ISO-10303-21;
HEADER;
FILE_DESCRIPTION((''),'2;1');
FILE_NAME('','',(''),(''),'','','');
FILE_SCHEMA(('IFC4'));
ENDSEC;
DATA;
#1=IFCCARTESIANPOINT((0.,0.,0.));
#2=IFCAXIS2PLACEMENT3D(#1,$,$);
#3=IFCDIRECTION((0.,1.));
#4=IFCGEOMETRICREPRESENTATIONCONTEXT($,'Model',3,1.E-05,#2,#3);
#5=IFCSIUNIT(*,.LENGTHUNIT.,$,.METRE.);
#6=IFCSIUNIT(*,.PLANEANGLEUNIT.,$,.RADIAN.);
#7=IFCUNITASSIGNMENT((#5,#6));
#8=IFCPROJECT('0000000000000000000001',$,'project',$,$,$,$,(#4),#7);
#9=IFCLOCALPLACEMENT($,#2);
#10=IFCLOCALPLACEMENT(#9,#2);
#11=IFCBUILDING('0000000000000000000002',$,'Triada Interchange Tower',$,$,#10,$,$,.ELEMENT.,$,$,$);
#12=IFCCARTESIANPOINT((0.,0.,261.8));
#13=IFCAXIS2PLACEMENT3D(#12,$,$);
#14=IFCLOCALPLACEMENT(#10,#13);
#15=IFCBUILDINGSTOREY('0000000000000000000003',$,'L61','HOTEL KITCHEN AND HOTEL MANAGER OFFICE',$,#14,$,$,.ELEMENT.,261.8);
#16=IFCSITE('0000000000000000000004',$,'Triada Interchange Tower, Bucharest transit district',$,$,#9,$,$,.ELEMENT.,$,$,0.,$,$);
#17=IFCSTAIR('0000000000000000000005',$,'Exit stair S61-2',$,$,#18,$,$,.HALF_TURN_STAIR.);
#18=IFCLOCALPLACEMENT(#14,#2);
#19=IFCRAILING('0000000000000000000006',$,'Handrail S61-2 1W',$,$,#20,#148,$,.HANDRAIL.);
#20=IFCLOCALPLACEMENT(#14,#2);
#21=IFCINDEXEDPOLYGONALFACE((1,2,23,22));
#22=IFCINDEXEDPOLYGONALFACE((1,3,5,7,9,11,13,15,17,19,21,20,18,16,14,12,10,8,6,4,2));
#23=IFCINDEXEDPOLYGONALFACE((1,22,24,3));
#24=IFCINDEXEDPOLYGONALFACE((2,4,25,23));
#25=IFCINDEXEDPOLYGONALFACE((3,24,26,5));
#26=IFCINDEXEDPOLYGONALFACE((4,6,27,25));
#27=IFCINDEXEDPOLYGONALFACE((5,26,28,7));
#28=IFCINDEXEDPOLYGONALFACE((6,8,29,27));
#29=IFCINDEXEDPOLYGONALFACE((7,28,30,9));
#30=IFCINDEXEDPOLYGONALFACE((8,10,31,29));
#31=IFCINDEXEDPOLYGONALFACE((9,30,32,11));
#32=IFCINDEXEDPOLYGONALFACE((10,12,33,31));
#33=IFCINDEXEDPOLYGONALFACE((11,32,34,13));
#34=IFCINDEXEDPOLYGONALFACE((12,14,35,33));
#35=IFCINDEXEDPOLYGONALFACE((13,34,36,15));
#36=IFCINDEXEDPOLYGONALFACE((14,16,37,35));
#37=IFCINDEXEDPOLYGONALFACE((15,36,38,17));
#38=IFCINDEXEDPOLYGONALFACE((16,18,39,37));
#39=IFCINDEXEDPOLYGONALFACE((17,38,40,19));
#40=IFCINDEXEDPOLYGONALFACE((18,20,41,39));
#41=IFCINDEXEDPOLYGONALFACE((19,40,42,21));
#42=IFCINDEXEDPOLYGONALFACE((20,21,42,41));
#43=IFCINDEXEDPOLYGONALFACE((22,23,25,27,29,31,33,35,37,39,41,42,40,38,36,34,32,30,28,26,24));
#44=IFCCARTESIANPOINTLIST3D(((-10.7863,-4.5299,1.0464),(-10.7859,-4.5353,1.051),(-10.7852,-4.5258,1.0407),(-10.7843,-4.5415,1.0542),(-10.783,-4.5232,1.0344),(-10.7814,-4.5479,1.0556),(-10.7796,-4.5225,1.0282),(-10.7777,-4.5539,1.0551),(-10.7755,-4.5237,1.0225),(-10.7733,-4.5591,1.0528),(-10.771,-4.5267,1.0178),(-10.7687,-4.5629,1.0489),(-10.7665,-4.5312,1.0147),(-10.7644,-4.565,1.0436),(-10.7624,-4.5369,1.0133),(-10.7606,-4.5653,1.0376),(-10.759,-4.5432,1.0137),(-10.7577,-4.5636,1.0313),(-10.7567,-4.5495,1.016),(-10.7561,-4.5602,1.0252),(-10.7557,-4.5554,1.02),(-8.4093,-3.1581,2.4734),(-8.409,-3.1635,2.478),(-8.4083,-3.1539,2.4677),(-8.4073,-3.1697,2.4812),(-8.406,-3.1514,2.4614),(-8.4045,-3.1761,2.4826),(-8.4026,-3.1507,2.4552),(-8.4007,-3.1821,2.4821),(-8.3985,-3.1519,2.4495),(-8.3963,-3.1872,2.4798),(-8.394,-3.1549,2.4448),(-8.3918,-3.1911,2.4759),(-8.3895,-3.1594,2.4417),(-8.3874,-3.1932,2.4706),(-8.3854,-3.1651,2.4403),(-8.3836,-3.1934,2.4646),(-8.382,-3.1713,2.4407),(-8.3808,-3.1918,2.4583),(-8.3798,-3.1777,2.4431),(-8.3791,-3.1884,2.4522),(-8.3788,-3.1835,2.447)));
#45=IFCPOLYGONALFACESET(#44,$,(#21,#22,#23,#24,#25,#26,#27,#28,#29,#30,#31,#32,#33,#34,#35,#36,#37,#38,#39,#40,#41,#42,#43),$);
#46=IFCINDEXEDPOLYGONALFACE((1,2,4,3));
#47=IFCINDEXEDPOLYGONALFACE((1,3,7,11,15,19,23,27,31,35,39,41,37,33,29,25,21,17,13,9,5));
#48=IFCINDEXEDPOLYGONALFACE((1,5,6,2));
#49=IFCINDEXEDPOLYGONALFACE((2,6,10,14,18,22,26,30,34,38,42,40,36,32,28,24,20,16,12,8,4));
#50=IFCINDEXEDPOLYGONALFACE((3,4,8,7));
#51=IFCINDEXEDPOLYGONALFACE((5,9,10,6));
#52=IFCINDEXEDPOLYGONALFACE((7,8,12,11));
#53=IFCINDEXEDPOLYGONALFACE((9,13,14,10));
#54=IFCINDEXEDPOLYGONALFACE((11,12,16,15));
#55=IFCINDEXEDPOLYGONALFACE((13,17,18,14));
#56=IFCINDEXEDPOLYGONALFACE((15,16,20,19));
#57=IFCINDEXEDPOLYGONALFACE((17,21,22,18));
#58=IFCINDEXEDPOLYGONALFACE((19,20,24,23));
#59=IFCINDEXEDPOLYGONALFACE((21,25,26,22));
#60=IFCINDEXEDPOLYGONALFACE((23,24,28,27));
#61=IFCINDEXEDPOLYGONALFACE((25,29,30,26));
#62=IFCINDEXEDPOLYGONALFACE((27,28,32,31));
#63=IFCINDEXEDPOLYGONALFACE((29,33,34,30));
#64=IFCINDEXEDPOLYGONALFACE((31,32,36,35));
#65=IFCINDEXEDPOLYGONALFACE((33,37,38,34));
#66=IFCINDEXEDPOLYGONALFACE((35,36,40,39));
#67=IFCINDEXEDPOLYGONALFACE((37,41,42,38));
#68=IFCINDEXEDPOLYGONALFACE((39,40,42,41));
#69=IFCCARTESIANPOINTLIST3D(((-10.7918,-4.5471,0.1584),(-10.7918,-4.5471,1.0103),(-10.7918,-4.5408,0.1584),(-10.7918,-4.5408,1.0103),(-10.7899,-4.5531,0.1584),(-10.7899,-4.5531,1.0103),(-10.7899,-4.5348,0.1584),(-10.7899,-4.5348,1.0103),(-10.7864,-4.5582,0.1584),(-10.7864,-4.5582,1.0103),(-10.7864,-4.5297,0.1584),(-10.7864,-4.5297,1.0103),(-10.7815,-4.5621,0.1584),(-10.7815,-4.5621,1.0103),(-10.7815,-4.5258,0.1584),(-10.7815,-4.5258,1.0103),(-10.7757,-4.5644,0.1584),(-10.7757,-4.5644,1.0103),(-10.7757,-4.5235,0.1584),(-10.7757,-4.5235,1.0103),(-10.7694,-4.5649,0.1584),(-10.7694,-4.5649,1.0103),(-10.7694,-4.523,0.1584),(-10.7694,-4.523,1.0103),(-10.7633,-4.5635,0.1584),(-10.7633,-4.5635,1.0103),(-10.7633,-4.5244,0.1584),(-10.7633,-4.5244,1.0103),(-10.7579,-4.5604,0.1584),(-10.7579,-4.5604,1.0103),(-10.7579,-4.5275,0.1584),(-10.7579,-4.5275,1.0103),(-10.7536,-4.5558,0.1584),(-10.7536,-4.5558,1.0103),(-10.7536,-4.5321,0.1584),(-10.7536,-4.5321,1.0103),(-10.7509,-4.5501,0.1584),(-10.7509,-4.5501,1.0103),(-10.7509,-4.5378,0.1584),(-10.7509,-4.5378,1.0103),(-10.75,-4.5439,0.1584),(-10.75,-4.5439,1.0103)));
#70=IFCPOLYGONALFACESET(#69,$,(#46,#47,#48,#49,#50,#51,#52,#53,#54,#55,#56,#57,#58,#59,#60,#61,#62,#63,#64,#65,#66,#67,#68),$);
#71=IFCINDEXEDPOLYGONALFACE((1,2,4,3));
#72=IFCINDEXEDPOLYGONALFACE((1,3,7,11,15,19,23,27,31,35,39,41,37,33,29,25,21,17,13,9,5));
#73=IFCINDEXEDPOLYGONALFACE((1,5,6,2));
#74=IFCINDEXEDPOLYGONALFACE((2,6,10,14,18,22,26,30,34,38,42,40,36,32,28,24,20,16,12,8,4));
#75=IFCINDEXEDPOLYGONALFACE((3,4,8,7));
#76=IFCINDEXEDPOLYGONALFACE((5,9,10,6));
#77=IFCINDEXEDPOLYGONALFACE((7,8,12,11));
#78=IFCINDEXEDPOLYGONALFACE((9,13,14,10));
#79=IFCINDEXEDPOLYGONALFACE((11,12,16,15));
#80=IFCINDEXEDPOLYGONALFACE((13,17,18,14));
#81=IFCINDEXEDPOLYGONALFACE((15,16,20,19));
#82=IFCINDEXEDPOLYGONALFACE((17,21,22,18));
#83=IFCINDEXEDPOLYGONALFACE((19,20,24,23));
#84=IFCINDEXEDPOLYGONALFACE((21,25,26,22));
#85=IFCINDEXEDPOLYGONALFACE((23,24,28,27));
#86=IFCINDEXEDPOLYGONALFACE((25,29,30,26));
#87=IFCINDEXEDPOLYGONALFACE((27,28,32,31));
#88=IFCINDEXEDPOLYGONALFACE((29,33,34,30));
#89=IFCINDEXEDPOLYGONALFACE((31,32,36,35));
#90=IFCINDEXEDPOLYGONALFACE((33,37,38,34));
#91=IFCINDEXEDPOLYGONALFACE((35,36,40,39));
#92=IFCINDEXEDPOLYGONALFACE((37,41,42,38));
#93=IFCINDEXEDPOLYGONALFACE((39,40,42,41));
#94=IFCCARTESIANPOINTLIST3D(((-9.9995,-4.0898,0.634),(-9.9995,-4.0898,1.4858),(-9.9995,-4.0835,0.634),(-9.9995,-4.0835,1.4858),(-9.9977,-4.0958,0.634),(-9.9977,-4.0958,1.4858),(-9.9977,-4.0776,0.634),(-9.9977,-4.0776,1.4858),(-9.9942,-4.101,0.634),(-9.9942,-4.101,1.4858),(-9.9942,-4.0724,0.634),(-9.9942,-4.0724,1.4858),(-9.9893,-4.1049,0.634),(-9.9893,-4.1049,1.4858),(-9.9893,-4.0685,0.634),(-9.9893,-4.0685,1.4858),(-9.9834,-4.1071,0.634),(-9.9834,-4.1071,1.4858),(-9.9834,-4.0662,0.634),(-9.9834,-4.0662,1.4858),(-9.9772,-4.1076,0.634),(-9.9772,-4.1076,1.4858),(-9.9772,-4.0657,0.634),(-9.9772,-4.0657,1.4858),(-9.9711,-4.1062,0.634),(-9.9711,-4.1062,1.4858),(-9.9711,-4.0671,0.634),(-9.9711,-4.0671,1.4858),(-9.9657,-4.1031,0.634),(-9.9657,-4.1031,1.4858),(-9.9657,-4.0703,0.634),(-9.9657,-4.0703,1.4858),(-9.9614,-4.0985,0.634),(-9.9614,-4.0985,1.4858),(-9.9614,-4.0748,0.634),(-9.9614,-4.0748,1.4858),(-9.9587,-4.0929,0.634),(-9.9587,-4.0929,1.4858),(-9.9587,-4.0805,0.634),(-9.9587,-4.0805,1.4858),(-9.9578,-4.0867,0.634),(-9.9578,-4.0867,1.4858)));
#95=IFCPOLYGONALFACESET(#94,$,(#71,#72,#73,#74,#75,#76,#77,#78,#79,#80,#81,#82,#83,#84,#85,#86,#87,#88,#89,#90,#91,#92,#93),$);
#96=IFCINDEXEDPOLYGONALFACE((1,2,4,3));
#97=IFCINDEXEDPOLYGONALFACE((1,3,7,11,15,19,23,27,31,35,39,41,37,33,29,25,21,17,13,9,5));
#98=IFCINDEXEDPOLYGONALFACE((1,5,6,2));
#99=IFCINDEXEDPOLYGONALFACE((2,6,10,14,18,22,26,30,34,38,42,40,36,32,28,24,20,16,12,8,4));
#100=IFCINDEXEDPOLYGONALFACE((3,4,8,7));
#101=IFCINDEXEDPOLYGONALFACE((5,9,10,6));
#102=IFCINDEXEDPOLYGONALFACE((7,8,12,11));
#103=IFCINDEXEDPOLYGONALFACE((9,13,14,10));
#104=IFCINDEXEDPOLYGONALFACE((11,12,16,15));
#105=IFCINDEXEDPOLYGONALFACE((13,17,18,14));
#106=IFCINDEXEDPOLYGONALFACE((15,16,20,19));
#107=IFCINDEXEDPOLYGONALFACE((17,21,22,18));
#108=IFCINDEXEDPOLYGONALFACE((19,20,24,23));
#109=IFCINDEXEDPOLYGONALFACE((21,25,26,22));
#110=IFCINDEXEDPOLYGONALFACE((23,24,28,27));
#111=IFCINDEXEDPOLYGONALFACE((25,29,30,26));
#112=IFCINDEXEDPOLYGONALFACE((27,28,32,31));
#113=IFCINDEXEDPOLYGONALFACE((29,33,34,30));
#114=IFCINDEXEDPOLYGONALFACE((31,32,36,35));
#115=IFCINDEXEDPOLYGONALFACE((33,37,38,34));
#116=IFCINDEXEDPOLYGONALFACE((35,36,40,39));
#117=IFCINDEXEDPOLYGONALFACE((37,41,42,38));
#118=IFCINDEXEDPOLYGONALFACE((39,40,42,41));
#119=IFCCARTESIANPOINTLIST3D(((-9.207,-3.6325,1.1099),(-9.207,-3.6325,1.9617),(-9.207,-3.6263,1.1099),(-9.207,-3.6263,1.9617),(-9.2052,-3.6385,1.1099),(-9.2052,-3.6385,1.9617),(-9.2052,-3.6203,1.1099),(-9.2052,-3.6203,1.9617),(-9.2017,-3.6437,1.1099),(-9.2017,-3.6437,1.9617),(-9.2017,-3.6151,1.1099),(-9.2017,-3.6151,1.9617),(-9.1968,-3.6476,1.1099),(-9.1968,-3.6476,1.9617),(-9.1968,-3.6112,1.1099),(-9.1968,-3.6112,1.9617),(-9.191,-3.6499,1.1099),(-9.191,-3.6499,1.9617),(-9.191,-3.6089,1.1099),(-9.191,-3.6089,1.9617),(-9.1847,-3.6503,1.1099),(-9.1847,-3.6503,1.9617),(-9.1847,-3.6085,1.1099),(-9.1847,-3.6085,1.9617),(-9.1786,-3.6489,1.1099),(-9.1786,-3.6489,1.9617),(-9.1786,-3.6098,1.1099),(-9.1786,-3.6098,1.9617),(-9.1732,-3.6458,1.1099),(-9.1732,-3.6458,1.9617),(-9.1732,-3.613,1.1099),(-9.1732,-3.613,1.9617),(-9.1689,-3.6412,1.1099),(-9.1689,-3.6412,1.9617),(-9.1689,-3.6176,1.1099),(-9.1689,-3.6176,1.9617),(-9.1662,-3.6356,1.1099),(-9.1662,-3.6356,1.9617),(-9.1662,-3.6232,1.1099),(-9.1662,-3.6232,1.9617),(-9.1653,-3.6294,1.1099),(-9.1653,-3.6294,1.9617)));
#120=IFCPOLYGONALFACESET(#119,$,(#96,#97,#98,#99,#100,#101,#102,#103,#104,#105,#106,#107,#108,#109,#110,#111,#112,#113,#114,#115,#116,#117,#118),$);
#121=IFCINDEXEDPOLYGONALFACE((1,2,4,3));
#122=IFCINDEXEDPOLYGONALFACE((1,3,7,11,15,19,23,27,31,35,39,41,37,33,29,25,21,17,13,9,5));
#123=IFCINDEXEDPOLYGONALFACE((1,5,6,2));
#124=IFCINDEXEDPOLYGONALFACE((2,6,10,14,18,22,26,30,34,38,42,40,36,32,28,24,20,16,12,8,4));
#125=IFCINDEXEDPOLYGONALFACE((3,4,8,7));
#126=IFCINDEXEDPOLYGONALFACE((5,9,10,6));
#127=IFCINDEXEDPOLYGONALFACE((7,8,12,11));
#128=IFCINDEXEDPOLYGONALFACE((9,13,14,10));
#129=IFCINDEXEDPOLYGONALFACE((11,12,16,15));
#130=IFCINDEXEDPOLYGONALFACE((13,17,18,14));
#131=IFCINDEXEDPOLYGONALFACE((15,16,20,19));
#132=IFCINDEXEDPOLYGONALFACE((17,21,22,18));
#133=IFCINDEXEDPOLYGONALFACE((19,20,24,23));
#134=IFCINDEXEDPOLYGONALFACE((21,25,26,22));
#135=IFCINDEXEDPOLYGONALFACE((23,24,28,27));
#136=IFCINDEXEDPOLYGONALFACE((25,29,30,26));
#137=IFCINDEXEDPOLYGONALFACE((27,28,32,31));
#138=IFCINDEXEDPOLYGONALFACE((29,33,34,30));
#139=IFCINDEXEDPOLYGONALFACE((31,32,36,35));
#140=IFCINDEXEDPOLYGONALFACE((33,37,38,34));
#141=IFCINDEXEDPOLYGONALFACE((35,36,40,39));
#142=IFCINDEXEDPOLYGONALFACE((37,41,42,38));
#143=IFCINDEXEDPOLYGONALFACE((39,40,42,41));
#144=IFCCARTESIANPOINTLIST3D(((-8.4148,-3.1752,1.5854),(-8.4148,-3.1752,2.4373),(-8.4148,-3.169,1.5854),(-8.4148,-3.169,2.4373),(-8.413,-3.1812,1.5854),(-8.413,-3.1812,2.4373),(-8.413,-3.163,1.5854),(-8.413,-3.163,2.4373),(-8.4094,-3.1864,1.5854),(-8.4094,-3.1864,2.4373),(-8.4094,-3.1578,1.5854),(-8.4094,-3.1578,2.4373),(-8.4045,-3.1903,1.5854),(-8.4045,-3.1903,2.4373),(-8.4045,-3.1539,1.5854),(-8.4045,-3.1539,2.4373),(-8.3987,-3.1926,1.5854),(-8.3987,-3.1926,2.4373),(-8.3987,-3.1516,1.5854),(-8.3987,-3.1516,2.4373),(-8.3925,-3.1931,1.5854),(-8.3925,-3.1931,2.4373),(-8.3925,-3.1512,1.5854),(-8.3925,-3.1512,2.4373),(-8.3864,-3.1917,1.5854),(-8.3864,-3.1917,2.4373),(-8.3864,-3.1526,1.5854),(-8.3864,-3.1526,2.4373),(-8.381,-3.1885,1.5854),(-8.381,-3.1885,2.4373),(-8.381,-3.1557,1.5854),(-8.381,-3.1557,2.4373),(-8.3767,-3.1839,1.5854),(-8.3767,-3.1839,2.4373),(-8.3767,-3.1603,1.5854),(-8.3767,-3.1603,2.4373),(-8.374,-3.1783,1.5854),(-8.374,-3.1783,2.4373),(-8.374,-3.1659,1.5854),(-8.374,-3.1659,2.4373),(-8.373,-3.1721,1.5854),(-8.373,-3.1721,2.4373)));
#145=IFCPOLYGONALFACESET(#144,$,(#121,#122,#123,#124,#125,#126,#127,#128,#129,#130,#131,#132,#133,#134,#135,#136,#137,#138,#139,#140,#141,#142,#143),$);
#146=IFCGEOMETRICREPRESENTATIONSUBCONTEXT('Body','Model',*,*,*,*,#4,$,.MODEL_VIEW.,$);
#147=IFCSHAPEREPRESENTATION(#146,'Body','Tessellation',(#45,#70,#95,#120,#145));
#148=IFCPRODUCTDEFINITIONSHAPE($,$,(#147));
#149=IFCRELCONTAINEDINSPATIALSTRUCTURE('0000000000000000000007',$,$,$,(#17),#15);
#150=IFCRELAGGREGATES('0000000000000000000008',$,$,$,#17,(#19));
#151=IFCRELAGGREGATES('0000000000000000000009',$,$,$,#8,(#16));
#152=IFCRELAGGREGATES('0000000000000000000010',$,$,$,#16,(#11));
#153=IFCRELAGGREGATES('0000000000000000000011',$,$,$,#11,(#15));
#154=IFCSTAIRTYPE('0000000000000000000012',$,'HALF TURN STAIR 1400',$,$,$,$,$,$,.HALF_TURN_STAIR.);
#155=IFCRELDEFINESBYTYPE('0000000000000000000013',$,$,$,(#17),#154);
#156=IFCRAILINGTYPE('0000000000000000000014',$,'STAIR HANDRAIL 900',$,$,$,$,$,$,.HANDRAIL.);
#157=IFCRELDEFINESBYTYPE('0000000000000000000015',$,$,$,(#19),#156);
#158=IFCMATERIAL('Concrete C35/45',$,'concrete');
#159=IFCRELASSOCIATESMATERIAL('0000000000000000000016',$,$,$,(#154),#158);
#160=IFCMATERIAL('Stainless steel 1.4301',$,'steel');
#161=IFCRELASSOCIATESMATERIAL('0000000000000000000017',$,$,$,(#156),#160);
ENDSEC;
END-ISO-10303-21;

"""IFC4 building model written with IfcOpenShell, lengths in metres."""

from ifc_helpers import new_model, si_unit, direction, frame, origin, origin_2d, place, context, subcontext, project, spatial, circle, extrude, material, type_object, element, aggregate, save


model = new_model("IFC4")

# Units and contexts
model_context = context("Model", 3, precision=1e-05, world=origin(), true_north=direction((0.0, 1.0)))
body_context = subcontext(model_context, "Body", "Model", "MODEL_VIEW")
ifc_project = project(units=[si_unit("LENGTHUNIT", "METRE"), si_unit("PLANEANGLEUNIT", "RADIAN")], contexts=[model_context])

# Site, building, storey
site_placement = place(None, origin())
site = spatial("IfcSite", under=ifc_project, at=site_placement, Name="Triada Interchange Tower, Bucharest transit district", CompositionType="ELEMENT", RefElevation=0.0)
building_placement = place(site_placement, origin())
building = spatial("IfcBuilding", under=site, at=building_placement, Name="Triada Interchange Tower", CompositionType="ELEMENT")
storey_placement = place(building_placement, frame((0.0, 0.0, 261.8)))
storey = spatial("IfcBuildingStorey", under=building, at=storey_placement, Name="L61", Description="HOTEL KITCHEN AND HOTEL MANAGER OFFICE", CompositionType="ELEMENT", Elevation=261.8)

# Shared definitions
ifc_material_1 = material(Name="Concrete C35/45", Category="concrete")

# Stair, railing
stair_type = type_object("IfcStairType", Name="HALF TURN STAIR 1400", PredefinedType="HALF_TURN_STAIR", material=ifc_material_1)
stair_placement = place(storey_placement, origin())
stair = element("IfcStair", 1, at=stair_placement, inside=storey, type_object=stair_type, Name="Exit stair S61-2", PredefinedType="HALF_TURN_STAIR")
ifc_material_2 = material(Name="Stainless steel 1.4301", Category="steel")
railing_type_1 = type_object("IfcRailingType", Name="STAIR HANDRAIL 900", PredefinedType="HANDRAIL", material=ifc_material_2)
railing_1_placement = place(storey_placement, frame((-10.771, -4.5439, 0.1584)))
railing_1 = element("IfcRailing", 2, at=railing_1_placement, type_object=railing_type_1, Name="Handrail S61-2 1W", PredefinedType="HANDRAIL", context=body_context, shape_type="SweptSolid", body=[
    extrude(circle(Radius=0.0239, at=origin_2d()), frame((0.0, 0.0, 0.876), z_axis=(0.768434, 0.443491, 0.461329), x_axis=(-0.499861, 0.866106, 0.0)), (0.0, 0.0, 1.0), 3.0933),
    extrude(circle(Radius=0.021, at=origin_2d()), origin(), (0.0, 0.0, 1.0), 0.8518),
    extrude(circle(Radius=0.021, at=origin_2d()), frame((0.7922, 0.4573, 0.4756)), (0.0, 0.0, 1.0), 0.8518),
    extrude(circle(Radius=0.021, at=origin_2d()), frame((1.5847, 0.9146, 0.9514)), (0.0, 0.0, 1.0), 0.8518),
    extrude(circle(Radius=0.021, at=origin_2d()), frame((2.377, 1.3718, 1.427)), (0.0, 0.0, 1.0), 0.8518),
])
aggregate(stair, [railing_1])

save(model, "model.ifc")
